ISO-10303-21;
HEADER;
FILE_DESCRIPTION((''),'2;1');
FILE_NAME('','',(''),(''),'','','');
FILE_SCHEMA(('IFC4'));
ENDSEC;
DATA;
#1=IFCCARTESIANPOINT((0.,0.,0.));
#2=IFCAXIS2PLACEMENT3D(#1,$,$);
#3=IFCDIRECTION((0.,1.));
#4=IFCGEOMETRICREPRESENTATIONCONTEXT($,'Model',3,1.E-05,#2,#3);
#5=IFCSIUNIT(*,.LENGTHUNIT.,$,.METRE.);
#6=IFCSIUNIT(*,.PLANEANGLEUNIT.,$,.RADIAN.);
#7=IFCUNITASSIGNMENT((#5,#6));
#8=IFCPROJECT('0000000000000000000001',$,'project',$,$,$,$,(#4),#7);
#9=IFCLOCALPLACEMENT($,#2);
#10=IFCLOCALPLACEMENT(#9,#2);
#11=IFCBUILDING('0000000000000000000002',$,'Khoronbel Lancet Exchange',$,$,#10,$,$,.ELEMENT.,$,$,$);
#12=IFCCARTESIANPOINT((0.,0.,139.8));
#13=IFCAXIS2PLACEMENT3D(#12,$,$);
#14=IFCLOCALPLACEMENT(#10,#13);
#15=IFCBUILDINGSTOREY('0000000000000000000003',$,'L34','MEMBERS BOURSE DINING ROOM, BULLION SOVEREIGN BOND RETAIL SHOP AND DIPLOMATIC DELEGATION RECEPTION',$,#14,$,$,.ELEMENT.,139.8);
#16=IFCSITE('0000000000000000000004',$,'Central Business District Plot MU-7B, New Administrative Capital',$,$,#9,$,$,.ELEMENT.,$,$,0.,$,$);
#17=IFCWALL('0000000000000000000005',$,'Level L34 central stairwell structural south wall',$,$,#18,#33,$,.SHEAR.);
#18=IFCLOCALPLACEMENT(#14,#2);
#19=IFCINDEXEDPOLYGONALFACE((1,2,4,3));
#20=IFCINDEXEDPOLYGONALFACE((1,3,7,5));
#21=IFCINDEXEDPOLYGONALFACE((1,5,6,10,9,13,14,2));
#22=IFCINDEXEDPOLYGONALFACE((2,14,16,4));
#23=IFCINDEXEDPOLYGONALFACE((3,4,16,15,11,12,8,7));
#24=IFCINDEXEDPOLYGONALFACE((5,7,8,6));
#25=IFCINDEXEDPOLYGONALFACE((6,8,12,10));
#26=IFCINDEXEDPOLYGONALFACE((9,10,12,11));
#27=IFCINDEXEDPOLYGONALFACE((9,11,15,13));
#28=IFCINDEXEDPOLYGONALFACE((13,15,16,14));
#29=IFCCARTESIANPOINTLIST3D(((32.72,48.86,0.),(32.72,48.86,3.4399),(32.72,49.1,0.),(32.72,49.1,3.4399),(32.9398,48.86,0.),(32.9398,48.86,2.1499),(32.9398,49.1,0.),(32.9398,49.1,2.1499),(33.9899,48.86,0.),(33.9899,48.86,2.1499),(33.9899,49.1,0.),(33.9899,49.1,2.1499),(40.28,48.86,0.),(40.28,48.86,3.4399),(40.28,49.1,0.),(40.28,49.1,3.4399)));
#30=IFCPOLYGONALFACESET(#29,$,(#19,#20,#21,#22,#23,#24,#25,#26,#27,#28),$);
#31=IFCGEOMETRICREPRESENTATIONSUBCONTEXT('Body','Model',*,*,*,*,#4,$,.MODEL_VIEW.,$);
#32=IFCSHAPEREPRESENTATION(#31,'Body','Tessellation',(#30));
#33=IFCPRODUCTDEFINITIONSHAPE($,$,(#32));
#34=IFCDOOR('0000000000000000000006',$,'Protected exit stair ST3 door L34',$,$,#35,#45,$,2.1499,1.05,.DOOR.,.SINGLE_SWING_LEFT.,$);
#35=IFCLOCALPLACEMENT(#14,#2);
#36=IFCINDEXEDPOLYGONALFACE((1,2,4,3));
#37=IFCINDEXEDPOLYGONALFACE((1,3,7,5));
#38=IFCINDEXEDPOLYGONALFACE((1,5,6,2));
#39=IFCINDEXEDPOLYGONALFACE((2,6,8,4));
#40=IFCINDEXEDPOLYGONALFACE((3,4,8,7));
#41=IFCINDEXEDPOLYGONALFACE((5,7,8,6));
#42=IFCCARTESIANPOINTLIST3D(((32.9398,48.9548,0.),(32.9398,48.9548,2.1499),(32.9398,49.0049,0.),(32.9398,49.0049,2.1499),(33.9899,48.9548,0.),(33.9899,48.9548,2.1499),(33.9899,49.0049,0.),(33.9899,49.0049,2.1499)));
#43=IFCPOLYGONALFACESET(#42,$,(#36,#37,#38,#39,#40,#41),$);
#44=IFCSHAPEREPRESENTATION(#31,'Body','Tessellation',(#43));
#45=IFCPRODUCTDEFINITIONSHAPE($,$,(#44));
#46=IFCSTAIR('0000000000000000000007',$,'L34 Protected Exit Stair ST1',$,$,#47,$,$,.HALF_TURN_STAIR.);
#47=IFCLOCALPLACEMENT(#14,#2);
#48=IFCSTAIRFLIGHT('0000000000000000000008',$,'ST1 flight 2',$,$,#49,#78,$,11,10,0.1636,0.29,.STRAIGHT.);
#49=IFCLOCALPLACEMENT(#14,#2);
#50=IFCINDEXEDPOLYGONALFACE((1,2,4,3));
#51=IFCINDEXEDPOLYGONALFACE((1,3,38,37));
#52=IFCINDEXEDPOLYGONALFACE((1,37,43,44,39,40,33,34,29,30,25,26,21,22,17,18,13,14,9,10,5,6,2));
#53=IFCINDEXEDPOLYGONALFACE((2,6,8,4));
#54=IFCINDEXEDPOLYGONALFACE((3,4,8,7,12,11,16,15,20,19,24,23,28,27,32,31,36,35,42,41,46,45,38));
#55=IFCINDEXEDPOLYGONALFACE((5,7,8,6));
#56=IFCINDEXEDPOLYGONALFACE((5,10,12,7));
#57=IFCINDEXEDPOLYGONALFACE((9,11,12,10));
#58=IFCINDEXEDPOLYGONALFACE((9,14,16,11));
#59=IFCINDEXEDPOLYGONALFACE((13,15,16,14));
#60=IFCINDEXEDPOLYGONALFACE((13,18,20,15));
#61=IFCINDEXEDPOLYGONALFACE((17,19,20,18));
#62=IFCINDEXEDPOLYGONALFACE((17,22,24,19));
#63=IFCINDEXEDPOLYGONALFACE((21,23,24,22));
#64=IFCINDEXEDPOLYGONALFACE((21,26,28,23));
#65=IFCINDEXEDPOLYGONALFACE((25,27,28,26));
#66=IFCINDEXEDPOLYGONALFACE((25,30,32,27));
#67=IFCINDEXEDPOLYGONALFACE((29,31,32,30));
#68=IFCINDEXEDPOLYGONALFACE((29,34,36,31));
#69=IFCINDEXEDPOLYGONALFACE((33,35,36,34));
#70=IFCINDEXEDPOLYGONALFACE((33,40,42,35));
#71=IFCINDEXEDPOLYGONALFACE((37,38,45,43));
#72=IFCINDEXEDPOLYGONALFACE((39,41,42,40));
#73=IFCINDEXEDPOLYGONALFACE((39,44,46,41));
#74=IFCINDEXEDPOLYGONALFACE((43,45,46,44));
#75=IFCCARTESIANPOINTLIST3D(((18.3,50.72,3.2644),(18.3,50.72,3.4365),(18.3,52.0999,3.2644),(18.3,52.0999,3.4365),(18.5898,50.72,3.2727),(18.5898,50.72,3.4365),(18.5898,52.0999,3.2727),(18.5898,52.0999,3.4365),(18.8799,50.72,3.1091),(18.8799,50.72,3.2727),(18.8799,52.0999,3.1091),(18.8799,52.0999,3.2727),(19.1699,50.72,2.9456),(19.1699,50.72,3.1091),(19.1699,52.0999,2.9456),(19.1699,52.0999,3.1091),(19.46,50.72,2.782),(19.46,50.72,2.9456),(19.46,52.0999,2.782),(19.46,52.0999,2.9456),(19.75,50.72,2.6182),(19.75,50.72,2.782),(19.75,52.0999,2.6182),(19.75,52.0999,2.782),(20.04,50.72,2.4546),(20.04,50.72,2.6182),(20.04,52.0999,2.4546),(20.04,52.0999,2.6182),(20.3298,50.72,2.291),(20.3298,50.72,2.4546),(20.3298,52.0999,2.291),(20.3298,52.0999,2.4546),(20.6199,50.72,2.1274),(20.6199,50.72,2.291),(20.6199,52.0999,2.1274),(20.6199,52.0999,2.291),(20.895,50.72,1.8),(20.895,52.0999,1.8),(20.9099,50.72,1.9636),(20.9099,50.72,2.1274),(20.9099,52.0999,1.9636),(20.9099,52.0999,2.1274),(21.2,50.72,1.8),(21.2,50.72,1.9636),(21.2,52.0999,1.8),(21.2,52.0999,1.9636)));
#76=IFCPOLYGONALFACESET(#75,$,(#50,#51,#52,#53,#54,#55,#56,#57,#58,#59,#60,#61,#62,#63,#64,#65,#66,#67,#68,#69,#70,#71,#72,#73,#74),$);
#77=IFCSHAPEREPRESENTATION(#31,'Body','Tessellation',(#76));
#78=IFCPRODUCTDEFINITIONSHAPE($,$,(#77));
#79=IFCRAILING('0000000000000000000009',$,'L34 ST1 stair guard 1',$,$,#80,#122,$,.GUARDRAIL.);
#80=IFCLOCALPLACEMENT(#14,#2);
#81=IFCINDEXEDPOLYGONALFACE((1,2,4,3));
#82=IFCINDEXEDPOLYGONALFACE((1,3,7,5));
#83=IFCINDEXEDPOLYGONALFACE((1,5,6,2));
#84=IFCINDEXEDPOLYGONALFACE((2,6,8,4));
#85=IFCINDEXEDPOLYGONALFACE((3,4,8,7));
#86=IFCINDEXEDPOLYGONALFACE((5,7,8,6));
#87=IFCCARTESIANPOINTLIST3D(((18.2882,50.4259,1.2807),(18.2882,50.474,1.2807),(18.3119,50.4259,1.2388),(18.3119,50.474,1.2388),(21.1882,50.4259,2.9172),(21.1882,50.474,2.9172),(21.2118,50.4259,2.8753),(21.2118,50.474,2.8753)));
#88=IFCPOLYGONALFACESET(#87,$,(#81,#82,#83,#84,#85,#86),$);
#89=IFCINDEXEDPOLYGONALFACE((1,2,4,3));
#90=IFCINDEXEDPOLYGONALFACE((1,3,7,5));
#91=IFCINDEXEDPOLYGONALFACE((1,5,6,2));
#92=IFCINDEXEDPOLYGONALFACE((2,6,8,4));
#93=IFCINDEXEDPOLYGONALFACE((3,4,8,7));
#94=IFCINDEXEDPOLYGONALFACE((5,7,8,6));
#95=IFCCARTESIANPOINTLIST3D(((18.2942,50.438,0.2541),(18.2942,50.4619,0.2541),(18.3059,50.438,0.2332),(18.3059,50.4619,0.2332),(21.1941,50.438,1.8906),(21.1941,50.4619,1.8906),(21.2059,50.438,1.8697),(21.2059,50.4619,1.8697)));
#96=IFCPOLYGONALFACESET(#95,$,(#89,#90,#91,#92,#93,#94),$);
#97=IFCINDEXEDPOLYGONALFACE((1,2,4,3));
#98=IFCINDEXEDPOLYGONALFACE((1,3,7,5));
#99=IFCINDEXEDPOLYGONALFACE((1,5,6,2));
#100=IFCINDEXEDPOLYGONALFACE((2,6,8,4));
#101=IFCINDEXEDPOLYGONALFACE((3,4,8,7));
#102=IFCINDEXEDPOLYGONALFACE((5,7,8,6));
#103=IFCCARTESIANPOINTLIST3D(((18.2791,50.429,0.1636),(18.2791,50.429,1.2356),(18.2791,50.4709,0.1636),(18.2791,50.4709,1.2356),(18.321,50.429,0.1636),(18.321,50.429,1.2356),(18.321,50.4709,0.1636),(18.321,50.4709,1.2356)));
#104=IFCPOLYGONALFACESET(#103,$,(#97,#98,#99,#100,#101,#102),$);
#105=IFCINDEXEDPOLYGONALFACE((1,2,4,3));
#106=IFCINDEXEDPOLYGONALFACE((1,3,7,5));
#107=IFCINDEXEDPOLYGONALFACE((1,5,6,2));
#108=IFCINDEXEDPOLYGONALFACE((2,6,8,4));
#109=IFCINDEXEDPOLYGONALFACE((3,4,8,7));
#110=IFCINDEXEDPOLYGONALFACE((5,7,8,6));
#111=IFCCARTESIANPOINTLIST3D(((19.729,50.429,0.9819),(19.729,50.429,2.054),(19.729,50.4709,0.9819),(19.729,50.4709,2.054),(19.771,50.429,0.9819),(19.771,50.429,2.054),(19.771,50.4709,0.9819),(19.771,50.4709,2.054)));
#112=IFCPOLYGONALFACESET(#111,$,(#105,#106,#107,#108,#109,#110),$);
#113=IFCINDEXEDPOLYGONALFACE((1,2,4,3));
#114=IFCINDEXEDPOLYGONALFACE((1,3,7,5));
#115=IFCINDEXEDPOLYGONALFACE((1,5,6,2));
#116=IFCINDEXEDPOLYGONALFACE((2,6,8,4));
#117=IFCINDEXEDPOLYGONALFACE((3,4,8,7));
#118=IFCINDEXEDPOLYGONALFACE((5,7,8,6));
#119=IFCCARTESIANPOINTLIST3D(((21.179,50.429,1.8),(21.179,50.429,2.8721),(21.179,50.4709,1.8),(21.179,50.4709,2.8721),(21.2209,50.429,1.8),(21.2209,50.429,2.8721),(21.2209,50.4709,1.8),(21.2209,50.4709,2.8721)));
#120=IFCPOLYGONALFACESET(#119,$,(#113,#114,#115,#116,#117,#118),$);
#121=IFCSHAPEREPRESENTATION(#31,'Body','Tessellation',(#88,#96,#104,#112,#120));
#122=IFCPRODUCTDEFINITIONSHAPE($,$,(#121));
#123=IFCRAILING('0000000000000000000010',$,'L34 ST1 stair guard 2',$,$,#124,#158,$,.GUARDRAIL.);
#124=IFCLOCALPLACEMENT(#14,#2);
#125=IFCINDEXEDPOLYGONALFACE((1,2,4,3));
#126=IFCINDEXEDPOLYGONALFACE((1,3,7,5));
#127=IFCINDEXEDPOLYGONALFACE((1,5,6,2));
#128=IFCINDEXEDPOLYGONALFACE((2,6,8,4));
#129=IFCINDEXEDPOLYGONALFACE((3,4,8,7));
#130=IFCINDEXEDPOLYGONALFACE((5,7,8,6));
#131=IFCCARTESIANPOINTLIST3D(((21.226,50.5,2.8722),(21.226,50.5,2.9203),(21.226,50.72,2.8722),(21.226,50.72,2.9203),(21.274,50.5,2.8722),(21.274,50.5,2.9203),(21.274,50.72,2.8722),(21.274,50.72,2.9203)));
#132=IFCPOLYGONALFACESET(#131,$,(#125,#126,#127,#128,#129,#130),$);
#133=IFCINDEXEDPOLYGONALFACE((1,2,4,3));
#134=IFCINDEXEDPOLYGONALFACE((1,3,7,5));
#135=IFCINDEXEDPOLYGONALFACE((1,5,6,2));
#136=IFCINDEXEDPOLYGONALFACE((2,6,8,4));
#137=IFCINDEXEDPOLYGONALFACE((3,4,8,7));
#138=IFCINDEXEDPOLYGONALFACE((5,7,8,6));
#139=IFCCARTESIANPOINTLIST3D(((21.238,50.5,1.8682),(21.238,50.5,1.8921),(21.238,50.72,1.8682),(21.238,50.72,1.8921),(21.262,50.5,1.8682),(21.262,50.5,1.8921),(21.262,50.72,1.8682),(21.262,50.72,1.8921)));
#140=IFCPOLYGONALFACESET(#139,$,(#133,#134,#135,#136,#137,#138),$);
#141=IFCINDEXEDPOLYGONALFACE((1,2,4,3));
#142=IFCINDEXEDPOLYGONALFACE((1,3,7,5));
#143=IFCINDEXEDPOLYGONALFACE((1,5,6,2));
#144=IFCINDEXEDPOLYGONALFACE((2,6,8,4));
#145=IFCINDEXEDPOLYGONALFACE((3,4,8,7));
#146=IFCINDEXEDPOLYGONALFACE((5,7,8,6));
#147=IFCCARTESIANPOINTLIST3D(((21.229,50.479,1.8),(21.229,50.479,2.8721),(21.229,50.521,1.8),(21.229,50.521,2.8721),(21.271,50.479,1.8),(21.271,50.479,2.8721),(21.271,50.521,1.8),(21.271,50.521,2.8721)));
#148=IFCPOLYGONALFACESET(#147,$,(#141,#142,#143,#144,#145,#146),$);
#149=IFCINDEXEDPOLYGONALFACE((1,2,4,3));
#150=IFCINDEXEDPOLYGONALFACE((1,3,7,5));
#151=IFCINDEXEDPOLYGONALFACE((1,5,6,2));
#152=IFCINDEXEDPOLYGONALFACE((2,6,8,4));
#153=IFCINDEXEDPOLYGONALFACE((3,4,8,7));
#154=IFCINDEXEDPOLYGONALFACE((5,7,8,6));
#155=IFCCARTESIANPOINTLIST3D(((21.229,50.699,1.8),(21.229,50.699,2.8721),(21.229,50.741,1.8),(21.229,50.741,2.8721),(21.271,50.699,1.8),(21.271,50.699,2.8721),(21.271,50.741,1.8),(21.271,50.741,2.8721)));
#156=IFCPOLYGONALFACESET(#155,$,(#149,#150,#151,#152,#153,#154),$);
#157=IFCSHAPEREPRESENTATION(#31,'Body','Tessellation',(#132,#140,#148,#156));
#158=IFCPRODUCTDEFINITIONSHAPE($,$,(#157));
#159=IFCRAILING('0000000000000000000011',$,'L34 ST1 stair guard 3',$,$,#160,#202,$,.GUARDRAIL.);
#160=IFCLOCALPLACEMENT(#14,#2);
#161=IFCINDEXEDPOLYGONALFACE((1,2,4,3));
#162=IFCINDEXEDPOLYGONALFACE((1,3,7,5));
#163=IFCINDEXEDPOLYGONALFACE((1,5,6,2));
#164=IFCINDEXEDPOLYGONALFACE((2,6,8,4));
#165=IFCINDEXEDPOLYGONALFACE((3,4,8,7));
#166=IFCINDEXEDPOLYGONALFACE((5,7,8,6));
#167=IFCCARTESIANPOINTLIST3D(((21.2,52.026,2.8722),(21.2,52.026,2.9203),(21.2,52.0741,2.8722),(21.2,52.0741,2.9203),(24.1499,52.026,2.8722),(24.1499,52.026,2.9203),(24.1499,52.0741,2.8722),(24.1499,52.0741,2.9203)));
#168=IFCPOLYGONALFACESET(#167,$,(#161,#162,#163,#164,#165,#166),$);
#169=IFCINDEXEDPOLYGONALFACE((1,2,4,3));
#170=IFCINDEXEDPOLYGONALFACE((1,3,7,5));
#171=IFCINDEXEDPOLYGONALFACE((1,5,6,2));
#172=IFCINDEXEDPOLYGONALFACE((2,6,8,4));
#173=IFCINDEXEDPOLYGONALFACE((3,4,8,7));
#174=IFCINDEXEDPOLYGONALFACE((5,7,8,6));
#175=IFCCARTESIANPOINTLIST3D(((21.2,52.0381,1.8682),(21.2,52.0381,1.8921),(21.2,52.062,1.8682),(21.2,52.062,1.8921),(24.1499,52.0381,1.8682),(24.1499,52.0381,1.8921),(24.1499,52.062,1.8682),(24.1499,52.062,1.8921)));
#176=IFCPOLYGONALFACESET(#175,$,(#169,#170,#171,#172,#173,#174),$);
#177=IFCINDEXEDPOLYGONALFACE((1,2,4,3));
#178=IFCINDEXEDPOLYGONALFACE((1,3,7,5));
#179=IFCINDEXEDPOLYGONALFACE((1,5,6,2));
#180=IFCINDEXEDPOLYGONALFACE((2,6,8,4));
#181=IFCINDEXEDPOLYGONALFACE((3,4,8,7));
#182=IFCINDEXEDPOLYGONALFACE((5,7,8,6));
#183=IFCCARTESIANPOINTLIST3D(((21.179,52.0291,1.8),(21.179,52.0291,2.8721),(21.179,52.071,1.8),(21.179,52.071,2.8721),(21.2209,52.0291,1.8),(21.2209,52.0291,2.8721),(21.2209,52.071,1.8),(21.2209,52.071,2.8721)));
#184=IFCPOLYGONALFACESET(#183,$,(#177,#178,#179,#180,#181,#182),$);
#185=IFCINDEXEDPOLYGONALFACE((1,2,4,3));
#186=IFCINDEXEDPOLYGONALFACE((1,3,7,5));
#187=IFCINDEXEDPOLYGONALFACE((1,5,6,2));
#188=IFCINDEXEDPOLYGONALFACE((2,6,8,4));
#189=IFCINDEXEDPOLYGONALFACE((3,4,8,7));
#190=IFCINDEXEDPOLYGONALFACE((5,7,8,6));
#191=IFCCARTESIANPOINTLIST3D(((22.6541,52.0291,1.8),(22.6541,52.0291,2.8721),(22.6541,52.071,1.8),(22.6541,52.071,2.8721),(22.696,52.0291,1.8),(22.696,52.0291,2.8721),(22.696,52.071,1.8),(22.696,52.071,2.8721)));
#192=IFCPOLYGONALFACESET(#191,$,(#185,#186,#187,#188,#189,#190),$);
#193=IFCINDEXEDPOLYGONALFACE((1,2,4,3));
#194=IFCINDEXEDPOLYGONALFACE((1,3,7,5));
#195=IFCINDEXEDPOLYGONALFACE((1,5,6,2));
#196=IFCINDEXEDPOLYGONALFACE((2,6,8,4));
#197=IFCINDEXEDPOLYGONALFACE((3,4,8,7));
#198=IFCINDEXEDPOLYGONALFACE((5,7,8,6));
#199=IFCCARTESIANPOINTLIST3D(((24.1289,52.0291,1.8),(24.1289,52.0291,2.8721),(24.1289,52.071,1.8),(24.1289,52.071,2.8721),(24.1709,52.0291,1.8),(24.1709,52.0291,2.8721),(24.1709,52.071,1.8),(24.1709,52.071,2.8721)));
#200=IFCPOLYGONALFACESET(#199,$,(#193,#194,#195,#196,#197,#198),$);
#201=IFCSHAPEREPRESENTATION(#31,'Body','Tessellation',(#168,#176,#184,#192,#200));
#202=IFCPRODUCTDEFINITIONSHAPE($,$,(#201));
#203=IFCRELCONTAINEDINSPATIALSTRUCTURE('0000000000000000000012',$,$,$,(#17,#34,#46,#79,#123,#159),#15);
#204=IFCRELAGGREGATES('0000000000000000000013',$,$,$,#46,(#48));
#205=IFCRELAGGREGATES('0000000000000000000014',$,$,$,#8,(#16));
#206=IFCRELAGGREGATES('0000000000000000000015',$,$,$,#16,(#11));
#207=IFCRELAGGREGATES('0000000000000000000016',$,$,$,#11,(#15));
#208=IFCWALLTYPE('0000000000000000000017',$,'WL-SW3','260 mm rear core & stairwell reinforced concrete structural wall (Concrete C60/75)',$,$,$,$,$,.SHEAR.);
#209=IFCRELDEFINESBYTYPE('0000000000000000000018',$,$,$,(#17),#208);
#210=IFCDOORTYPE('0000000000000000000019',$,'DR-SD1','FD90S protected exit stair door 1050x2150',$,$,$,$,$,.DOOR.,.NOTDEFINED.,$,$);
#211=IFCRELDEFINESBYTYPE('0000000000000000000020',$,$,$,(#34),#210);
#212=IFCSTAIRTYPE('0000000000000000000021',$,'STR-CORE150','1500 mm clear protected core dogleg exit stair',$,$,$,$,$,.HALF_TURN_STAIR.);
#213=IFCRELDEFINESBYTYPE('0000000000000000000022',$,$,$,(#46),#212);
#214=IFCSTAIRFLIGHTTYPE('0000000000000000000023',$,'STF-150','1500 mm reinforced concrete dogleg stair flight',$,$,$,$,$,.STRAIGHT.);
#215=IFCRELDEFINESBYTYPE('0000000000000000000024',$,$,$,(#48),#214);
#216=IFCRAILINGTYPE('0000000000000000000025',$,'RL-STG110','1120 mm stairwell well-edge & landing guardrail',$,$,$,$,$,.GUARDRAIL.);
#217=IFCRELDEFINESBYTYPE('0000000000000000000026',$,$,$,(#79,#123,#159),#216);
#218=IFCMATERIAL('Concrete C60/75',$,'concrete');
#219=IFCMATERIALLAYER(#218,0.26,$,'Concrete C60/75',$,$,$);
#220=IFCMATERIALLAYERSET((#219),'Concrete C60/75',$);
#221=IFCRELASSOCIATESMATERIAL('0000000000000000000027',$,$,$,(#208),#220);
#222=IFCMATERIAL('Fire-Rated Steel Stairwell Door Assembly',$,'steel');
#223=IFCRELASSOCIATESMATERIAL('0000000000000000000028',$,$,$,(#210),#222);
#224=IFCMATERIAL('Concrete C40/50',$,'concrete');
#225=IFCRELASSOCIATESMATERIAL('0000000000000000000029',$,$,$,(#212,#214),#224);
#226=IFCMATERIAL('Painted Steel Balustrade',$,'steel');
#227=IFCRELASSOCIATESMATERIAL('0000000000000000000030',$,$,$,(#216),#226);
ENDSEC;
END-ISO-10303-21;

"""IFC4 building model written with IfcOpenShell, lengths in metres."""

from ifc_helpers import new_model, si_unit, direction, frame, frame_2d, origin, origin_2d, place, context, subcontext, project, spatial, polyline, rectangle, outline, extrude, material, layer, layer_set, type_object, element, fill, aggregate, save


model = new_model("IFC4")

# Units and contexts
model_context = context("Model", 3, precision=1e-05, world=origin(), true_north=direction((0.0, 1.0)))
body_context = subcontext(model_context, "Body", "Model", "MODEL_VIEW")
ifc_project = project(units=[si_unit("LENGTHUNIT", "METRE"), si_unit("PLANEANGLEUNIT", "RADIAN")], contexts=[model_context])

# Site, building, storey
site_placement = place(None, origin())
site = spatial("IfcSite", under=ifc_project, at=site_placement, Name="Central Business District Plot MU-7B, New Administrative Capital", CompositionType="ELEMENT", RefElevation=0.0)
building_placement = place(site_placement, origin())
building = spatial("IfcBuilding", under=site, at=building_placement, Name="Khoronbel Lancet Exchange", CompositionType="ELEMENT")
storey_placement = place(building_placement, frame((0.0, 0.0, 139.8)))
storey = spatial("IfcBuildingStorey", under=building, at=storey_placement, Name="L34", Description="MEMBERS BOURSE DINING ROOM, BULLION SOVEREIGN BOND RETAIL SHOP AND DIPLOMATIC DELEGATION RECEPTION", CompositionType="ELEMENT", Elevation=139.8)

# Shared definitions
ifc_material_1 = material(Name="Concrete C60/75", Category="concrete")
ifc_layer_1 = layer(ifc_material_1, 0.26, Name="Concrete C60/75")
ifc_layer_set_1 = layer_set([ifc_layer_1], Name="Concrete C60/75")
wall_type_1 = type_object("IfcWallType", Name="WL-SW3", Description="260 mm rear core & stairwell reinforced concrete structural wall (Concrete C60/75)", PredefinedType="SHEAR", material=ifc_layer_set_1)

# Wall, opening, door
wall_1_placement = place(storey_placement, frame((32.72, 48.98, 0.0), z_axis=(0.0, 0.0, 1.0), x_axis=(1.0, 0.0, 0.0)))
wall_1 = element("IfcWall", 1, at=wall_1_placement, inside=storey, type_object=wall_type_1, Name="Level L34 central stairwell structural south wall", PredefinedType="SHEAR", context=body_context, shape_type="SweptSolid", body=[
    extrude(rectangle(XDim=7.5601, YDim=0.24, at=frame_2d((3.78, 0.0))), origin(), (0.0, 0.0, 1.0), 3.4399),
])
opening_1_placement = place(wall_1_placement, frame((0.22, 0.0, 0.0)))
opening_1 = element("IfcOpeningElement", 2, at=opening_1_placement, cuts=wall_1, PredefinedType="OPENING", context=body_context, shape_type="SweptSolid", body=[
    extrude(rectangle(XDim=1.05, YDim=2.1499, at=frame_2d((0.5249, 1.075))), frame((0.0, 0.1299, 0.0), z_axis=(0.0, -1.0, 0.0), x_axis=(1.0, 0.0, 0.0)), (0.0, 0.0, 1.0), 0.26),
])
ifc_material_2 = material(Name="Fire-Rated Steel Stairwell Door Assembly", Category="steel")
door_type_1 = type_object("IfcDoorType", Name="DR-SD1", Description="FD90S protected exit stair door 1050x2150", OperationType="NOTDEFINED", PredefinedType="DOOR", material=ifc_material_2)
door_1_placement = place(opening_1_placement, origin())
door_1 = element("IfcDoor", 3, at=door_1_placement, inside=storey, type_object=door_type_1, Name="Protected exit stair ST3 door L34", OperationType="SINGLE_SWING_LEFT", OverallHeight=2.1499, OverallWidth=1.05, PredefinedType="DOOR", context=body_context, shape_type="SweptSolid", body=[
    extrude(rectangle(XDim=1.05, YDim=2.1499, at=frame_2d((0.5249, 1.075))), frame((0.0, 0.0249, 0.0), z_axis=(0.0, -1.0, 0.0), x_axis=(1.0, 0.0, 0.0)), (0.0, 0.0, 1.0), 0.05),
])
fill(opening_1, door_1)

# Stair, stair flight
ifc_material_3 = material(Name="Concrete C40/50", Category="concrete")
stair_type = type_object("IfcStairType", Name="STR-CORE150", Description="1500 mm clear protected core dogleg exit stair", PredefinedType="HALF_TURN_STAIR", material=ifc_material_3)
stair_placement = place(storey_placement, origin())
stair = element("IfcStair", 4, at=stair_placement, inside=storey, type_object=stair_type, Name="L34 Protected Exit Stair ST1", PredefinedType="HALF_TURN_STAIR")
stair_flight_type = type_object("IfcStairFlightType", Name="STF-150", Description="1500 mm reinforced concrete dogleg stair flight", PredefinedType="STRAIGHT", material=ifc_material_3)
stair_flight_placement = place(storey_placement, frame((21.2, 51.4099, 1.8), z_axis=(0.0, 0.0, 1.0), x_axis=(-1.0, 0.0, 0.0)))
stair_flight = element("IfcStairFlight", 5, at=stair_flight_placement, type_object=stair_flight_type, Name="ST1 flight 2", NumberOfRisers=11, NumberOfTreads=10, PredefinedType="STRAIGHT", RiserHeight=0.1636, TreadLength=0.29, context=body_context, shape_type="SweptSolid", body=[
    extrude(outline(polyline([(0.0, 0.0), (0.0, 0.1636), (0.29, 0.1636), (0.29, 0.3274), (0.5801, 0.3274), (0.5801, 0.491), (0.8701, 0.491), (0.8701, 0.6545), (1.1599, 0.6545), (1.1599, 0.8181), (1.45, 0.8181), (1.45, 0.9819), (1.74, 0.9819), (1.74, 1.1455), (2.03, 1.1455), (2.03, 1.3091), (2.3201, 1.3091), (2.3201, 1.4727), (2.6101, 1.4727), (2.6101, 1.6365), (2.8999, 1.6365), (2.8999, 1.8), (2.8999, 1.4644), (0.3049, 0.0), (0.0, 0.0)])), frame((0.0, 0.6899, 0.0), z_axis=(0.0, -1.0, 0.0), x_axis=(1.0, 0.0, 0.0)), (0.0, 0.0, 1.0), 1.3799),
])
aggregate(stair, [stair_flight])

# Railings
ifc_material_4 = material(Name="Painted Steel Balustrade", Category="steel")
railing_type_1 = type_object("IfcRailingType", Name="RL-STG110", Description="1120 mm stairwell well-edge & landing guardrail", PredefinedType="GUARDRAIL", material=ifc_material_4)
railing_1_placement = place(storey_placement, frame((18.3, 50.45, 0.1636)))
element("IfcRailing", 6, at=railing_1_placement, inside=storey, type_object=railing_type_1, Name="L34 ST1 stair guard 1", PredefinedType="GUARDRAIL", context=body_context, shape_type="SweptSolid", body=[
    extrude(rectangle(XDim=0.0481, YDim=0.0481, at=origin_2d()), frame((0.0, 0.0, 1.0962), z_axis=(0.870897, 0.0, 0.491465), x_axis=(0.0, 1.0, 0.0)), (0.0, 0.0, 1.0), 3.3298),
    extrude(rectangle(XDim=0.0239, YDim=0.0239, at=origin_2d()), frame((0.0, 0.0, 0.0801), z_axis=(0.870897, 0.0, 0.491465), x_axis=(0.0, 1.0, 0.0)), (0.0, 0.0, 1.0), 3.3298),
    extrude(rectangle(XDim=0.042, YDim=0.042, at=origin_2d()), origin(), (0.0, 0.0, 1.0), 1.072),
    extrude(rectangle(XDim=0.042, YDim=0.042, at=origin_2d()), frame((1.45, 0.0, 0.8184)), (0.0, 0.0, 1.0), 1.072),
    extrude(rectangle(XDim=0.042, YDim=0.042, at=origin_2d()), frame((2.8999, 0.0, 1.6365)), (0.0, 0.0, 1.0), 1.072),
])
railing_2_placement = place(storey_placement, frame((21.25, 50.5, 1.8)))
element("IfcRailing", 7, at=railing_2_placement, inside=storey, type_object=railing_type_1, Name="L34 ST1 stair guard 2", PredefinedType="GUARDRAIL", context=body_context, shape_type="SweptSolid", body=[
    extrude(rectangle(XDim=0.0481, YDim=0.0481, at=origin_2d()), frame((0.0, 0.0, 1.0962), z_axis=(0.0, 1.0, 0.0), x_axis=(-1.0, 0.0, 0.0)), (0.0, 0.0, 1.0), 0.22),
    extrude(rectangle(XDim=0.0239, YDim=0.0239, at=origin_2d()), frame((0.0, 0.0, 0.0801), z_axis=(0.0, 1.0, 0.0), x_axis=(-1.0, 0.0, 0.0)), (0.0, 0.0, 1.0), 0.22),
    extrude(rectangle(XDim=0.042, YDim=0.042, at=origin_2d()), origin(), (0.0, 0.0, 1.0), 1.072),
    extrude(rectangle(XDim=0.042, YDim=0.042, at=origin_2d()), frame((0.0, 0.22, 0.0)), (0.0, 0.0, 1.0), 1.072),
])
railing_3_placement = place(storey_placement, frame((21.2, 52.05, 1.8)))
element("IfcRailing", 8, at=railing_3_placement, inside=storey, type_object=railing_type_1, Name="L34 ST1 stair guard 3", PredefinedType="GUARDRAIL", context=body_context, shape_type="SweptSolid", body=[
    extrude(rectangle(XDim=0.0481, YDim=0.0481, at=origin_2d()), frame((0.0, 0.0, 1.0962), z_axis=(1.0, 0.0, 0.0), x_axis=(0.0, 1.0, 0.0)), (0.0, 0.0, 1.0), 2.95),
    extrude(rectangle(XDim=0.0239, YDim=0.0239, at=origin_2d()), frame((0.0, 0.0, 0.0801), z_axis=(1.0, 0.0, 0.0), x_axis=(0.0, 1.0, 0.0)), (0.0, 0.0, 1.0), 2.95),
    extrude(rectangle(XDim=0.042, YDim=0.042, at=origin_2d()), origin(), (0.0, 0.0, 1.0), 1.072),
    extrude(rectangle(XDim=0.042, YDim=0.042, at=origin_2d()), frame((1.4751, 0.0, 0.0)), (0.0, 0.0, 1.0), 1.072),
    extrude(rectangle(XDim=0.042, YDim=0.042, at=origin_2d()), frame((2.95, 0.0, 0.0)), (0.0, 0.0, 1.0), 1.072),
])

save(model, "model.ifc")
